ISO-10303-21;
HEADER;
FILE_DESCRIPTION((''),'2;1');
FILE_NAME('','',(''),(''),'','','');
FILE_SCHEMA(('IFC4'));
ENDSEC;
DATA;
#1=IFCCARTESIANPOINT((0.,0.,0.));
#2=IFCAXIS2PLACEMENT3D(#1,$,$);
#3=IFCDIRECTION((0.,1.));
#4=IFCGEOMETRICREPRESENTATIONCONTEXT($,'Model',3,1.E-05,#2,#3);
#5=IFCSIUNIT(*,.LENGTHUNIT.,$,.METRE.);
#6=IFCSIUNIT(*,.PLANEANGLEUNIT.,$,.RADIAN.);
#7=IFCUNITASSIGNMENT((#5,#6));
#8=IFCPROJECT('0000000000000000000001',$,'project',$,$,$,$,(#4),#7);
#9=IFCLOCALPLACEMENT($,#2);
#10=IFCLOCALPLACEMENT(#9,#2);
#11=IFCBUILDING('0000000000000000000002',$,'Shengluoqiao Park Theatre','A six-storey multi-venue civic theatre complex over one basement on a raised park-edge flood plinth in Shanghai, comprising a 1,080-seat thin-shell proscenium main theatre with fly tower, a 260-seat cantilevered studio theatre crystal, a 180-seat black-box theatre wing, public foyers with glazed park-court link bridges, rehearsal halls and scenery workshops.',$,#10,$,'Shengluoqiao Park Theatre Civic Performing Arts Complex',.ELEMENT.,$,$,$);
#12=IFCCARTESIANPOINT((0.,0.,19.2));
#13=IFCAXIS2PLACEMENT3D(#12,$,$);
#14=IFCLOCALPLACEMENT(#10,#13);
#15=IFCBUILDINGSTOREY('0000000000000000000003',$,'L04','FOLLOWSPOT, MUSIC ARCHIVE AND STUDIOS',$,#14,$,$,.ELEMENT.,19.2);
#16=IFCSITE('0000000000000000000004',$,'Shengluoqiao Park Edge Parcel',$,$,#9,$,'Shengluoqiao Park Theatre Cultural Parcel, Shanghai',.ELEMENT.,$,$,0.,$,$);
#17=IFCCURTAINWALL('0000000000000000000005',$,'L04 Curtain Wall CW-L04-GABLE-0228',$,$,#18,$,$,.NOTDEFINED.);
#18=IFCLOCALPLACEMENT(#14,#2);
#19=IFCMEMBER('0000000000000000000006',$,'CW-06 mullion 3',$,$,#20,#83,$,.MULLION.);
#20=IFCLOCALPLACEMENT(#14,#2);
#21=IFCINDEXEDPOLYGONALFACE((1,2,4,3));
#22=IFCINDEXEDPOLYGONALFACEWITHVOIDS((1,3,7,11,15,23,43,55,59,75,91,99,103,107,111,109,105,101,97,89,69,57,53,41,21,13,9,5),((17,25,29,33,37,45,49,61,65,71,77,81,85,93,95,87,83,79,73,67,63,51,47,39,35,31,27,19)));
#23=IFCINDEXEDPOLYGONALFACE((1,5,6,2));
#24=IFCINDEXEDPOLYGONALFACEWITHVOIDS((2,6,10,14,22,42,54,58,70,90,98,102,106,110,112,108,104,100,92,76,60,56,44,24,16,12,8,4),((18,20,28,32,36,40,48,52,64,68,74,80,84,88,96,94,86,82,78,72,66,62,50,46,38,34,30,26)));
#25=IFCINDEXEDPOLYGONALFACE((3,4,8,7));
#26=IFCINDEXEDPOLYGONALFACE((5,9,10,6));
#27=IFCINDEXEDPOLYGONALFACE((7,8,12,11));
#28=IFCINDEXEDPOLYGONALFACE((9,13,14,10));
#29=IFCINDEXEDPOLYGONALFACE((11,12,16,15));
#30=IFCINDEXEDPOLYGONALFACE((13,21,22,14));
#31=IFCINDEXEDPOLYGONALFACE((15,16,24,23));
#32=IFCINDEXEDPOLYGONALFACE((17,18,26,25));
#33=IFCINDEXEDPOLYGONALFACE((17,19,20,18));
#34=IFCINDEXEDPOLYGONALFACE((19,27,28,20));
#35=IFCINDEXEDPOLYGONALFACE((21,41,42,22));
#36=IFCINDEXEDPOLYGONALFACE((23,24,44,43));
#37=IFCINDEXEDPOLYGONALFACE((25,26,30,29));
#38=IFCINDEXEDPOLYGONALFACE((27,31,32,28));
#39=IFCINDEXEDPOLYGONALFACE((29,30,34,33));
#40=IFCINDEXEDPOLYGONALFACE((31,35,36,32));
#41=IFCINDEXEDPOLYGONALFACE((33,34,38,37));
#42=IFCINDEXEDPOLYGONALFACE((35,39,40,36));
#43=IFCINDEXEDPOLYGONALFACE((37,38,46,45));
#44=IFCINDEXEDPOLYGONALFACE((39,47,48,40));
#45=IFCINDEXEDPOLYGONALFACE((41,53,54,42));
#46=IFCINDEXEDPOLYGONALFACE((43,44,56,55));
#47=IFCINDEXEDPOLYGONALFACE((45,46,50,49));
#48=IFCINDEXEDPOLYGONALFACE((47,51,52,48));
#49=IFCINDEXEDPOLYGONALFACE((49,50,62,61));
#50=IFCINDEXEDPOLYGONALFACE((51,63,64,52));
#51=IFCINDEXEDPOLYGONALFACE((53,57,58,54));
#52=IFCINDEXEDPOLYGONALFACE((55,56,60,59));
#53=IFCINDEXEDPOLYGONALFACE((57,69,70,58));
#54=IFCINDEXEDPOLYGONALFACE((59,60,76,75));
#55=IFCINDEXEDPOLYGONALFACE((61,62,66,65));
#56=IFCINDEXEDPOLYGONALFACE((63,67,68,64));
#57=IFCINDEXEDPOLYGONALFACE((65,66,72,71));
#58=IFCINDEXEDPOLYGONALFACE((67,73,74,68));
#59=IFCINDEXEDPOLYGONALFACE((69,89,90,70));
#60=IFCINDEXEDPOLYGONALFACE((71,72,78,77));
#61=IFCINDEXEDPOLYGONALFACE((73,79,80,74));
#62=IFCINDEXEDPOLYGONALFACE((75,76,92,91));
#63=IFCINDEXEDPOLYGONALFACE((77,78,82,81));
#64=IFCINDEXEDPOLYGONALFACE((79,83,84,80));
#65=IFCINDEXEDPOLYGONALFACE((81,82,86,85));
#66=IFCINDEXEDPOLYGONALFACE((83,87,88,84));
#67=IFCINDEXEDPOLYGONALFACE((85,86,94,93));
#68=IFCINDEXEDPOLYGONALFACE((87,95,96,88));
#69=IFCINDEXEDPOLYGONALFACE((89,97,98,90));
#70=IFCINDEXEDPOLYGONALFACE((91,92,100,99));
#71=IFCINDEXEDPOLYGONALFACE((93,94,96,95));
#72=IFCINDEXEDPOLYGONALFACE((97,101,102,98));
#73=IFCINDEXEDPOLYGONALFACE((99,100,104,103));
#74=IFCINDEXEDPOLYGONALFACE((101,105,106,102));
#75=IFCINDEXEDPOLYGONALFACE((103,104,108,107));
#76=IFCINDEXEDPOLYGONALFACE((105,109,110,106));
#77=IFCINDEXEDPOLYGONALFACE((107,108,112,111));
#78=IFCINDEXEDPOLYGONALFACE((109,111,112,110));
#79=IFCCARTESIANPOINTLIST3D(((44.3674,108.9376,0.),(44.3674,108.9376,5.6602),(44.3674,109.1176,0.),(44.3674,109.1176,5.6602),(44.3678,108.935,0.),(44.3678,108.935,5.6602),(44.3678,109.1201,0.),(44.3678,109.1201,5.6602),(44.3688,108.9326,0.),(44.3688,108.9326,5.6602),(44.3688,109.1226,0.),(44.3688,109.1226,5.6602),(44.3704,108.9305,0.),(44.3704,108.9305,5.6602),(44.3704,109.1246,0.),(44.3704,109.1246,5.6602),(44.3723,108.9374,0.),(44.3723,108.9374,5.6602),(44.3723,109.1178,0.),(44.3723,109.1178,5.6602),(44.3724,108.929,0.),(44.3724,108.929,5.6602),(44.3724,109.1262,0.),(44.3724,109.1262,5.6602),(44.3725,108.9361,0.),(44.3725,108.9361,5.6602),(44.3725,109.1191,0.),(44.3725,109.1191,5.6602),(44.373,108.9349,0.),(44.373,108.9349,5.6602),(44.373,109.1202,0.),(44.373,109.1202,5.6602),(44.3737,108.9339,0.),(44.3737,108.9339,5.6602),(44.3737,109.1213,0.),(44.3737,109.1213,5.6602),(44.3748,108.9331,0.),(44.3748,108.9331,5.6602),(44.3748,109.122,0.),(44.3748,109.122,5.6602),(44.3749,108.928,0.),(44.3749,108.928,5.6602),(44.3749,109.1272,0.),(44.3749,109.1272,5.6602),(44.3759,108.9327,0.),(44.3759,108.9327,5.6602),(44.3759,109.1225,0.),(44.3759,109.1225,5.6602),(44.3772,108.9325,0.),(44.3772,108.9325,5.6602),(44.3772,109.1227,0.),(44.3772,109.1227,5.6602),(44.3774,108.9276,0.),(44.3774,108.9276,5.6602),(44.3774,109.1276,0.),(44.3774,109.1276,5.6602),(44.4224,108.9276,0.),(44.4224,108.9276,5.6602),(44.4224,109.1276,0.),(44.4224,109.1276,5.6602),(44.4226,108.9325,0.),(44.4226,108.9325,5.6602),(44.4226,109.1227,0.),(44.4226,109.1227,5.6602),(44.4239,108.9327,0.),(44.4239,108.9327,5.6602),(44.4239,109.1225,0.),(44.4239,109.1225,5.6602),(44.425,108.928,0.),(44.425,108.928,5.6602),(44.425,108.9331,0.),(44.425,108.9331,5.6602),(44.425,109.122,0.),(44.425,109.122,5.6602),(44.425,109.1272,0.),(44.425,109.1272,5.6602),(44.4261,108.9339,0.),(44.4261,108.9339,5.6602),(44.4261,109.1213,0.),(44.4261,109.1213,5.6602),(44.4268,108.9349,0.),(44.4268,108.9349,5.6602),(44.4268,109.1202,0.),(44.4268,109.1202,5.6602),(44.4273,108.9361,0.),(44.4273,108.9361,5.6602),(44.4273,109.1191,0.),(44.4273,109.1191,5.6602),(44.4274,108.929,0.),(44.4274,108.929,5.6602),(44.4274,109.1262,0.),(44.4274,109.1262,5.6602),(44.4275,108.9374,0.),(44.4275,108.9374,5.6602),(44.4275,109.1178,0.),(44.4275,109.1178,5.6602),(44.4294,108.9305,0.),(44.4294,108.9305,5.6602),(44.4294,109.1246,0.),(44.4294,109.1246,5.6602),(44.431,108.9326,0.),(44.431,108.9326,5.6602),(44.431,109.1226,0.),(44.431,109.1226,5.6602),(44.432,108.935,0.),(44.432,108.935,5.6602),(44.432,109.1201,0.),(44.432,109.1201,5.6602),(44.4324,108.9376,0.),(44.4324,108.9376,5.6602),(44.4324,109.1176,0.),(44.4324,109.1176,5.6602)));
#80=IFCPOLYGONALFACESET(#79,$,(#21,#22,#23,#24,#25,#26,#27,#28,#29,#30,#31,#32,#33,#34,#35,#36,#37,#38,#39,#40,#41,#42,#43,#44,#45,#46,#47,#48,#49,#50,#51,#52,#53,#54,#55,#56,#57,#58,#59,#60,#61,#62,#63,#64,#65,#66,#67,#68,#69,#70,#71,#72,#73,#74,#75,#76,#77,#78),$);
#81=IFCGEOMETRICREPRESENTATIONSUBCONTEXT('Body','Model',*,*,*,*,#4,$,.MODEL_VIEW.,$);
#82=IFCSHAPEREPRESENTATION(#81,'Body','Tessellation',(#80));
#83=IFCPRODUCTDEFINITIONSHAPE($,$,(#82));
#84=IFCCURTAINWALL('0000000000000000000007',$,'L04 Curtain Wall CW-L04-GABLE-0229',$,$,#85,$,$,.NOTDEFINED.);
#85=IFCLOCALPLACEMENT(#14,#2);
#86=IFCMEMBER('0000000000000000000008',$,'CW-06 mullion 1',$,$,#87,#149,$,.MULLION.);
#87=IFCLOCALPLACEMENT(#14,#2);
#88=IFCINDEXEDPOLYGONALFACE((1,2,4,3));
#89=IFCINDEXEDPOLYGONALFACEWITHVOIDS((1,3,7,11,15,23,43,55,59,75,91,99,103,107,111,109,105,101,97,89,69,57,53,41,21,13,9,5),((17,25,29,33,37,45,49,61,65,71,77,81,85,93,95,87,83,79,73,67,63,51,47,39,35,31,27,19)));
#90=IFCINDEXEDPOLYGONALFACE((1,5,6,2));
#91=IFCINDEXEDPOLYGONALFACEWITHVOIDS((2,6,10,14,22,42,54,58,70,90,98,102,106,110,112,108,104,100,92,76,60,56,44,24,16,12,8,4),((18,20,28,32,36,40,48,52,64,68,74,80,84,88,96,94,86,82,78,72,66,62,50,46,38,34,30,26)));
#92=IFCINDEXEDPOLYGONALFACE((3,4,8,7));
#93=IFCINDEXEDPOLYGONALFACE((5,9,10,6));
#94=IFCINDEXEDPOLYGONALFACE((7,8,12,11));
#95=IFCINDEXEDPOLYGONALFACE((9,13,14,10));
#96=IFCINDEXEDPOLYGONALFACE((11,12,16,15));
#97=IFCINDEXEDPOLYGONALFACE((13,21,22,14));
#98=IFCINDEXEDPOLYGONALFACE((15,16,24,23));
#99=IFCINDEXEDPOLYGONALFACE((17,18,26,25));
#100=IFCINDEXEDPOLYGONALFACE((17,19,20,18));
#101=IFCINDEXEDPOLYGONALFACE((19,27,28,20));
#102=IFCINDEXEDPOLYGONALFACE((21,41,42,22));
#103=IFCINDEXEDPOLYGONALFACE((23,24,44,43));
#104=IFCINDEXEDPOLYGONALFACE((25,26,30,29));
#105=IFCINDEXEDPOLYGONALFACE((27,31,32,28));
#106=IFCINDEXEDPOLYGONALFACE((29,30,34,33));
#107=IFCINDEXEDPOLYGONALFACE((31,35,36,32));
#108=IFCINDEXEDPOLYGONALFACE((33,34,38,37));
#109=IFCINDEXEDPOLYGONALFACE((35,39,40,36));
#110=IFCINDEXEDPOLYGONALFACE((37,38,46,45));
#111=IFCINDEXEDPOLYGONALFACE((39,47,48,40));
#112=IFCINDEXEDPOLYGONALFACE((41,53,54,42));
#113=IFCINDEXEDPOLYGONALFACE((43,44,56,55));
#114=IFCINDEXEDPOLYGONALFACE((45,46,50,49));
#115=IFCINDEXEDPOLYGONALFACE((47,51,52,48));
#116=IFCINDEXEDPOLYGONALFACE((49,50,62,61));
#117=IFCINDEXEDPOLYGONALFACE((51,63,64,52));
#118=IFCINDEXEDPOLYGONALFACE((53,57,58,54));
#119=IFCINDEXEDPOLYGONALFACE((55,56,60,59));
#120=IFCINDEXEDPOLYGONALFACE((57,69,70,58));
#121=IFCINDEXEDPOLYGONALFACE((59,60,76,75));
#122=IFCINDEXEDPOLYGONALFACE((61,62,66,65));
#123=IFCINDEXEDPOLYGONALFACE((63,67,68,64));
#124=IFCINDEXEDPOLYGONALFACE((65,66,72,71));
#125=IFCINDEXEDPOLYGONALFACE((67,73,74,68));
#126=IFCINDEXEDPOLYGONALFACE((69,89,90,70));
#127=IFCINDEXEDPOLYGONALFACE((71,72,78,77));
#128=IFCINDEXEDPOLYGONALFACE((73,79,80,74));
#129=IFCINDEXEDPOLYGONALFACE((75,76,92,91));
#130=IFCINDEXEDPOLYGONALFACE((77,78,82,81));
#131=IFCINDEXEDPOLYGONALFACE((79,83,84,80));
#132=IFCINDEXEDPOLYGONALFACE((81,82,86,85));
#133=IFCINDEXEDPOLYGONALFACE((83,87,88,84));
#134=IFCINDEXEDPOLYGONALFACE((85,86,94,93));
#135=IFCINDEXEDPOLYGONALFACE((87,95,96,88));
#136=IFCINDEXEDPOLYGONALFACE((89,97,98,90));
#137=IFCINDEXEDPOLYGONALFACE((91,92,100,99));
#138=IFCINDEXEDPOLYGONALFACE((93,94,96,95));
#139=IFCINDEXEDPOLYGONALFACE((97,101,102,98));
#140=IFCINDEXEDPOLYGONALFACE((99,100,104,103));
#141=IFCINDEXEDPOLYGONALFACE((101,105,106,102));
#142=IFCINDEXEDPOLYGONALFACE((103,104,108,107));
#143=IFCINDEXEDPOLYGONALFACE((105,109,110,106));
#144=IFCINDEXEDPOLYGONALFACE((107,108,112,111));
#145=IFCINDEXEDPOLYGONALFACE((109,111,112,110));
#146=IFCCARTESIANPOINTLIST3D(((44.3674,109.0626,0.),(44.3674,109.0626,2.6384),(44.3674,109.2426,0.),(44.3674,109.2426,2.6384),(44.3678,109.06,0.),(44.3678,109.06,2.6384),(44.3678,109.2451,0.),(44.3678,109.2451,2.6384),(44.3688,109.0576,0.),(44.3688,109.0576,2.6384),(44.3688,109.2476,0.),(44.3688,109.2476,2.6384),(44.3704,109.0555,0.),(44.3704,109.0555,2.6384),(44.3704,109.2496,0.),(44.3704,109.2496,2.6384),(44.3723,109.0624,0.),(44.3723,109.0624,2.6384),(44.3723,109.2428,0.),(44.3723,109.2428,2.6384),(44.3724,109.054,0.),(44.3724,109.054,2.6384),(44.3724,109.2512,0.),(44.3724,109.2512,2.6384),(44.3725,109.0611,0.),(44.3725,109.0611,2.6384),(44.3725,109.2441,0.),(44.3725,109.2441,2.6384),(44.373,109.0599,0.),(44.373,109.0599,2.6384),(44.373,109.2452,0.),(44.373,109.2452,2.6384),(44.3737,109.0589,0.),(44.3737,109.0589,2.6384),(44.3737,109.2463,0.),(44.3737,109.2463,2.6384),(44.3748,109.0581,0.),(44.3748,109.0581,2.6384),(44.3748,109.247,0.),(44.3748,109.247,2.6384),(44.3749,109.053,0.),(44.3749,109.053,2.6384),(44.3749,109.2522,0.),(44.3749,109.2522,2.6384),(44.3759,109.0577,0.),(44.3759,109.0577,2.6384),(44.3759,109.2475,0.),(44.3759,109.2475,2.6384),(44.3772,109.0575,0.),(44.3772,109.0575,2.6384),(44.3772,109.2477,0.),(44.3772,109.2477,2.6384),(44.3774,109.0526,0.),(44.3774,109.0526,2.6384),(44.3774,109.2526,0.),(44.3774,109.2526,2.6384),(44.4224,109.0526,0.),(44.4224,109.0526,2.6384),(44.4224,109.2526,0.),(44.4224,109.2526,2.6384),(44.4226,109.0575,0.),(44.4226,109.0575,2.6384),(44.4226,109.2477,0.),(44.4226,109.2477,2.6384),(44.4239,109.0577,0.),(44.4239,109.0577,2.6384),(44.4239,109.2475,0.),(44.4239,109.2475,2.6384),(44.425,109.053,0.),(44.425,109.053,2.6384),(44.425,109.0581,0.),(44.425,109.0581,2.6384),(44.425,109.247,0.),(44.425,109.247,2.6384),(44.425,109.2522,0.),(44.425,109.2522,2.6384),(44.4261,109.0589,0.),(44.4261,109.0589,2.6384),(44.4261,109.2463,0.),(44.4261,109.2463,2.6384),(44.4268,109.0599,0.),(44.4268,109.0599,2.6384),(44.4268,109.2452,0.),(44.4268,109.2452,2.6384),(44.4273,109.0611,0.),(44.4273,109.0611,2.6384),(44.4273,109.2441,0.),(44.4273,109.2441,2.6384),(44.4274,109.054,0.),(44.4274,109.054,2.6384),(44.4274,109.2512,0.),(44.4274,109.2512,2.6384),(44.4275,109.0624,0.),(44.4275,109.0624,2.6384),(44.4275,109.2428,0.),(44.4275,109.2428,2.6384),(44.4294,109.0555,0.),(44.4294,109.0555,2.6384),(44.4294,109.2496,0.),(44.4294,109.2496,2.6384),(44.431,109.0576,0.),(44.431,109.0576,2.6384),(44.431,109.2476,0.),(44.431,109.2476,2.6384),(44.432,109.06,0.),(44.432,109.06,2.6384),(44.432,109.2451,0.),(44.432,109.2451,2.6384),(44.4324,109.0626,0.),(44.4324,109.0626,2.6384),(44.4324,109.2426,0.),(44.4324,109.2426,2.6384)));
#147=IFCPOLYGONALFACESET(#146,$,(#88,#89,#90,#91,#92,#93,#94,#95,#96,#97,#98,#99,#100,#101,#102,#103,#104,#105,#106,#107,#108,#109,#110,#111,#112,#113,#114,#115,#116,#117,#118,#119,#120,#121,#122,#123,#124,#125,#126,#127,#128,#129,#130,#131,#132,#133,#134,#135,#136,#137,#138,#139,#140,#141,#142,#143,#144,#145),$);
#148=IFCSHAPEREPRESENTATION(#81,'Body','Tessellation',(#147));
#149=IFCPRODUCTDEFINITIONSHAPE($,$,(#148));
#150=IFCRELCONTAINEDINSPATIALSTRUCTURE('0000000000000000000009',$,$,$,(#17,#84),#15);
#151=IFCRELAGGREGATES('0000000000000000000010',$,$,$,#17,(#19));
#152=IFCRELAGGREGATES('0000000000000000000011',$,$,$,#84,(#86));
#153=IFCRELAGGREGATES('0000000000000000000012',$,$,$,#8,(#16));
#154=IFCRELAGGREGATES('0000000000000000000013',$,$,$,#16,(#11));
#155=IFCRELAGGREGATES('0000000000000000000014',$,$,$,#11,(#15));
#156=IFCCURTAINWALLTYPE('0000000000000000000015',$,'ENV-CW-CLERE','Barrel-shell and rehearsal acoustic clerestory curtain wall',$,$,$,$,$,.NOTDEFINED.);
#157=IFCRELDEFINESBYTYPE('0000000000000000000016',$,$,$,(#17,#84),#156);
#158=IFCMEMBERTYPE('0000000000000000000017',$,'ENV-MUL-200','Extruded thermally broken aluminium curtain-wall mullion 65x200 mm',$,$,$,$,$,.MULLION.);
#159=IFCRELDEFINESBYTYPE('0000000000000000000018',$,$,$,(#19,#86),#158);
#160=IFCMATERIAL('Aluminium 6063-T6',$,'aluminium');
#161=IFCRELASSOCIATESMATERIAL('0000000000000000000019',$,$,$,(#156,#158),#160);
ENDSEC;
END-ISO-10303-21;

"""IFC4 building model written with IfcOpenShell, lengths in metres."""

from ifc_helpers import new_model, si_unit, direction, frame, origin, origin_2d, place, context, subcontext, project, spatial, hollow_rectangle, extrude, material, material_profile, profile_set, type_object, element, aggregate, save


model = new_model("IFC4")

# Units and contexts
model_context = context("Model", 3, precision=1e-05, world=origin(), true_north=direction((0.0, 1.0)))
body_context = subcontext(model_context, "Body", "Model", "MODEL_VIEW")
ifc_project = project(units=[si_unit("LENGTHUNIT", "METRE"), si_unit("PLANEANGLEUNIT", "RADIAN")], contexts=[model_context])

# Site, building, storey
site_placement = place(None, origin())
site = spatial("IfcSite", under=ifc_project, at=site_placement, Name="Shengluoqiao Park Edge Parcel", LongName="Shengluoqiao Park Theatre Cultural Parcel, Shanghai", CompositionType="ELEMENT", RefElevation=0.0)
building_placement = place(site_placement, origin())
building = spatial("IfcBuilding", under=site, at=building_placement, Name="Shengluoqiao Park Theatre", Description="A six-storey multi-venue civic theatre complex over one basement on a raised park-edge flood plinth in Shanghai, comprising a 1,080-seat thin-shell proscenium main theatre with fly tower, a 260-seat cantilevered studio theatre crystal, a 180-seat black-box theatre wing, public foyers with glazed park-court link bridges, rehearsal halls and scenery workshops.", LongName="Shengluoqiao Park Theatre Civic Performing Arts Complex", CompositionType="ELEMENT")
storey_placement = place(building_placement, frame((0.0, 0.0, 19.2)))
storey = spatial("IfcBuildingStorey", under=building, at=storey_placement, Name="L04", Description="FOLLOWSPOT, MUSIC ARCHIVE AND STUDIOS", CompositionType="ELEMENT", Elevation=19.2)

# Curtain wall, member
ifc_material_1 = material(Name="Aluminium 6063-T6", Category="aluminium")
curtain_wall_type = type_object("IfcCurtainWallType", Name="ENV-CW-CLERE", Description="Barrel-shell and rehearsal acoustic clerestory curtain wall", PredefinedType="NOTDEFINED", material=ifc_material_1)
ifc_material_profile_1 = material_profile(ifc_material_1, hollow_rectangle(XDim=0.0649, YDim=0.2, WallThickness=0.0049, InnerFilletRadius=0.0049, OuterFilletRadius=0.01, at=origin_2d()), Name="ALU MULLION 200x65x5")
ifc_profile_set_1 = profile_set([ifc_material_profile_1], Name="Aluminium 6063-T6")
member_type_1 = type_object("IfcMemberType", Name="ENV-MUL-200", Description="Extruded thermally broken aluminium curtain-wall mullion 65x200 mm", PredefinedType="MULLION", material=ifc_profile_set_1)
curtain_wall_1_placement = place(storey_placement, origin())
curtain_wall_1 = element("IfcCurtainWall", 1, at=curtain_wall_1_placement, inside=storey, type_object=curtain_wall_type, Name="L04 Curtain Wall CW-L04-GABLE-0228", PredefinedType="NOTDEFINED")
member_1_placement = place(storey_placement, frame((44.3999, 109.0276, 0.0), z_axis=(0.0, 0.0, 1.0), x_axis=(-1.0, 0.0, 0.0)))
member_1 = element("IfcMember", 2, at=member_1_placement, type_object=member_type_1, Name="CW-06 mullion 3", PredefinedType="MULLION", context=body_context, shape_type="SweptSolid", body=[
    extrude(hollow_rectangle(XDim=0.0649, YDim=0.2, WallThickness=0.0049, InnerFilletRadius=0.0049, OuterFilletRadius=0.01, at=origin_2d()), origin(), (0.0, 0.0, 1.0), 5.6602),
])

# Curtain wall, member
curtain_wall_2_placement = place(storey_placement, origin())
curtain_wall_2 = element("IfcCurtainWall", 3, at=curtain_wall_2_placement, inside=storey, type_object=curtain_wall_type, Name="L04 Curtain Wall CW-L04-GABLE-0229", PredefinedType="NOTDEFINED")
member_2_placement = place(storey_placement, frame((44.3999, 109.1526, 0.0), z_axis=(0.0, 0.0, 1.0), x_axis=(-1.0, 0.0, 0.0)))
member_2 = element("IfcMember", 4, at=member_2_placement, type_object=member_type_1, Name="CW-06 mullion 1", PredefinedType="MULLION", context=body_context, shape_type="SweptSolid", body=[
    extrude(hollow_rectangle(XDim=0.0649, YDim=0.2, WallThickness=0.0049, InnerFilletRadius=0.0049, OuterFilletRadius=0.01, at=origin_2d()), origin(), (0.0, 0.0, 1.0), 2.6384),
])

aggregate(curtain_wall_1, [member_1])
aggregate(curtain_wall_2, [member_2])

save(model, "model.ifc")
